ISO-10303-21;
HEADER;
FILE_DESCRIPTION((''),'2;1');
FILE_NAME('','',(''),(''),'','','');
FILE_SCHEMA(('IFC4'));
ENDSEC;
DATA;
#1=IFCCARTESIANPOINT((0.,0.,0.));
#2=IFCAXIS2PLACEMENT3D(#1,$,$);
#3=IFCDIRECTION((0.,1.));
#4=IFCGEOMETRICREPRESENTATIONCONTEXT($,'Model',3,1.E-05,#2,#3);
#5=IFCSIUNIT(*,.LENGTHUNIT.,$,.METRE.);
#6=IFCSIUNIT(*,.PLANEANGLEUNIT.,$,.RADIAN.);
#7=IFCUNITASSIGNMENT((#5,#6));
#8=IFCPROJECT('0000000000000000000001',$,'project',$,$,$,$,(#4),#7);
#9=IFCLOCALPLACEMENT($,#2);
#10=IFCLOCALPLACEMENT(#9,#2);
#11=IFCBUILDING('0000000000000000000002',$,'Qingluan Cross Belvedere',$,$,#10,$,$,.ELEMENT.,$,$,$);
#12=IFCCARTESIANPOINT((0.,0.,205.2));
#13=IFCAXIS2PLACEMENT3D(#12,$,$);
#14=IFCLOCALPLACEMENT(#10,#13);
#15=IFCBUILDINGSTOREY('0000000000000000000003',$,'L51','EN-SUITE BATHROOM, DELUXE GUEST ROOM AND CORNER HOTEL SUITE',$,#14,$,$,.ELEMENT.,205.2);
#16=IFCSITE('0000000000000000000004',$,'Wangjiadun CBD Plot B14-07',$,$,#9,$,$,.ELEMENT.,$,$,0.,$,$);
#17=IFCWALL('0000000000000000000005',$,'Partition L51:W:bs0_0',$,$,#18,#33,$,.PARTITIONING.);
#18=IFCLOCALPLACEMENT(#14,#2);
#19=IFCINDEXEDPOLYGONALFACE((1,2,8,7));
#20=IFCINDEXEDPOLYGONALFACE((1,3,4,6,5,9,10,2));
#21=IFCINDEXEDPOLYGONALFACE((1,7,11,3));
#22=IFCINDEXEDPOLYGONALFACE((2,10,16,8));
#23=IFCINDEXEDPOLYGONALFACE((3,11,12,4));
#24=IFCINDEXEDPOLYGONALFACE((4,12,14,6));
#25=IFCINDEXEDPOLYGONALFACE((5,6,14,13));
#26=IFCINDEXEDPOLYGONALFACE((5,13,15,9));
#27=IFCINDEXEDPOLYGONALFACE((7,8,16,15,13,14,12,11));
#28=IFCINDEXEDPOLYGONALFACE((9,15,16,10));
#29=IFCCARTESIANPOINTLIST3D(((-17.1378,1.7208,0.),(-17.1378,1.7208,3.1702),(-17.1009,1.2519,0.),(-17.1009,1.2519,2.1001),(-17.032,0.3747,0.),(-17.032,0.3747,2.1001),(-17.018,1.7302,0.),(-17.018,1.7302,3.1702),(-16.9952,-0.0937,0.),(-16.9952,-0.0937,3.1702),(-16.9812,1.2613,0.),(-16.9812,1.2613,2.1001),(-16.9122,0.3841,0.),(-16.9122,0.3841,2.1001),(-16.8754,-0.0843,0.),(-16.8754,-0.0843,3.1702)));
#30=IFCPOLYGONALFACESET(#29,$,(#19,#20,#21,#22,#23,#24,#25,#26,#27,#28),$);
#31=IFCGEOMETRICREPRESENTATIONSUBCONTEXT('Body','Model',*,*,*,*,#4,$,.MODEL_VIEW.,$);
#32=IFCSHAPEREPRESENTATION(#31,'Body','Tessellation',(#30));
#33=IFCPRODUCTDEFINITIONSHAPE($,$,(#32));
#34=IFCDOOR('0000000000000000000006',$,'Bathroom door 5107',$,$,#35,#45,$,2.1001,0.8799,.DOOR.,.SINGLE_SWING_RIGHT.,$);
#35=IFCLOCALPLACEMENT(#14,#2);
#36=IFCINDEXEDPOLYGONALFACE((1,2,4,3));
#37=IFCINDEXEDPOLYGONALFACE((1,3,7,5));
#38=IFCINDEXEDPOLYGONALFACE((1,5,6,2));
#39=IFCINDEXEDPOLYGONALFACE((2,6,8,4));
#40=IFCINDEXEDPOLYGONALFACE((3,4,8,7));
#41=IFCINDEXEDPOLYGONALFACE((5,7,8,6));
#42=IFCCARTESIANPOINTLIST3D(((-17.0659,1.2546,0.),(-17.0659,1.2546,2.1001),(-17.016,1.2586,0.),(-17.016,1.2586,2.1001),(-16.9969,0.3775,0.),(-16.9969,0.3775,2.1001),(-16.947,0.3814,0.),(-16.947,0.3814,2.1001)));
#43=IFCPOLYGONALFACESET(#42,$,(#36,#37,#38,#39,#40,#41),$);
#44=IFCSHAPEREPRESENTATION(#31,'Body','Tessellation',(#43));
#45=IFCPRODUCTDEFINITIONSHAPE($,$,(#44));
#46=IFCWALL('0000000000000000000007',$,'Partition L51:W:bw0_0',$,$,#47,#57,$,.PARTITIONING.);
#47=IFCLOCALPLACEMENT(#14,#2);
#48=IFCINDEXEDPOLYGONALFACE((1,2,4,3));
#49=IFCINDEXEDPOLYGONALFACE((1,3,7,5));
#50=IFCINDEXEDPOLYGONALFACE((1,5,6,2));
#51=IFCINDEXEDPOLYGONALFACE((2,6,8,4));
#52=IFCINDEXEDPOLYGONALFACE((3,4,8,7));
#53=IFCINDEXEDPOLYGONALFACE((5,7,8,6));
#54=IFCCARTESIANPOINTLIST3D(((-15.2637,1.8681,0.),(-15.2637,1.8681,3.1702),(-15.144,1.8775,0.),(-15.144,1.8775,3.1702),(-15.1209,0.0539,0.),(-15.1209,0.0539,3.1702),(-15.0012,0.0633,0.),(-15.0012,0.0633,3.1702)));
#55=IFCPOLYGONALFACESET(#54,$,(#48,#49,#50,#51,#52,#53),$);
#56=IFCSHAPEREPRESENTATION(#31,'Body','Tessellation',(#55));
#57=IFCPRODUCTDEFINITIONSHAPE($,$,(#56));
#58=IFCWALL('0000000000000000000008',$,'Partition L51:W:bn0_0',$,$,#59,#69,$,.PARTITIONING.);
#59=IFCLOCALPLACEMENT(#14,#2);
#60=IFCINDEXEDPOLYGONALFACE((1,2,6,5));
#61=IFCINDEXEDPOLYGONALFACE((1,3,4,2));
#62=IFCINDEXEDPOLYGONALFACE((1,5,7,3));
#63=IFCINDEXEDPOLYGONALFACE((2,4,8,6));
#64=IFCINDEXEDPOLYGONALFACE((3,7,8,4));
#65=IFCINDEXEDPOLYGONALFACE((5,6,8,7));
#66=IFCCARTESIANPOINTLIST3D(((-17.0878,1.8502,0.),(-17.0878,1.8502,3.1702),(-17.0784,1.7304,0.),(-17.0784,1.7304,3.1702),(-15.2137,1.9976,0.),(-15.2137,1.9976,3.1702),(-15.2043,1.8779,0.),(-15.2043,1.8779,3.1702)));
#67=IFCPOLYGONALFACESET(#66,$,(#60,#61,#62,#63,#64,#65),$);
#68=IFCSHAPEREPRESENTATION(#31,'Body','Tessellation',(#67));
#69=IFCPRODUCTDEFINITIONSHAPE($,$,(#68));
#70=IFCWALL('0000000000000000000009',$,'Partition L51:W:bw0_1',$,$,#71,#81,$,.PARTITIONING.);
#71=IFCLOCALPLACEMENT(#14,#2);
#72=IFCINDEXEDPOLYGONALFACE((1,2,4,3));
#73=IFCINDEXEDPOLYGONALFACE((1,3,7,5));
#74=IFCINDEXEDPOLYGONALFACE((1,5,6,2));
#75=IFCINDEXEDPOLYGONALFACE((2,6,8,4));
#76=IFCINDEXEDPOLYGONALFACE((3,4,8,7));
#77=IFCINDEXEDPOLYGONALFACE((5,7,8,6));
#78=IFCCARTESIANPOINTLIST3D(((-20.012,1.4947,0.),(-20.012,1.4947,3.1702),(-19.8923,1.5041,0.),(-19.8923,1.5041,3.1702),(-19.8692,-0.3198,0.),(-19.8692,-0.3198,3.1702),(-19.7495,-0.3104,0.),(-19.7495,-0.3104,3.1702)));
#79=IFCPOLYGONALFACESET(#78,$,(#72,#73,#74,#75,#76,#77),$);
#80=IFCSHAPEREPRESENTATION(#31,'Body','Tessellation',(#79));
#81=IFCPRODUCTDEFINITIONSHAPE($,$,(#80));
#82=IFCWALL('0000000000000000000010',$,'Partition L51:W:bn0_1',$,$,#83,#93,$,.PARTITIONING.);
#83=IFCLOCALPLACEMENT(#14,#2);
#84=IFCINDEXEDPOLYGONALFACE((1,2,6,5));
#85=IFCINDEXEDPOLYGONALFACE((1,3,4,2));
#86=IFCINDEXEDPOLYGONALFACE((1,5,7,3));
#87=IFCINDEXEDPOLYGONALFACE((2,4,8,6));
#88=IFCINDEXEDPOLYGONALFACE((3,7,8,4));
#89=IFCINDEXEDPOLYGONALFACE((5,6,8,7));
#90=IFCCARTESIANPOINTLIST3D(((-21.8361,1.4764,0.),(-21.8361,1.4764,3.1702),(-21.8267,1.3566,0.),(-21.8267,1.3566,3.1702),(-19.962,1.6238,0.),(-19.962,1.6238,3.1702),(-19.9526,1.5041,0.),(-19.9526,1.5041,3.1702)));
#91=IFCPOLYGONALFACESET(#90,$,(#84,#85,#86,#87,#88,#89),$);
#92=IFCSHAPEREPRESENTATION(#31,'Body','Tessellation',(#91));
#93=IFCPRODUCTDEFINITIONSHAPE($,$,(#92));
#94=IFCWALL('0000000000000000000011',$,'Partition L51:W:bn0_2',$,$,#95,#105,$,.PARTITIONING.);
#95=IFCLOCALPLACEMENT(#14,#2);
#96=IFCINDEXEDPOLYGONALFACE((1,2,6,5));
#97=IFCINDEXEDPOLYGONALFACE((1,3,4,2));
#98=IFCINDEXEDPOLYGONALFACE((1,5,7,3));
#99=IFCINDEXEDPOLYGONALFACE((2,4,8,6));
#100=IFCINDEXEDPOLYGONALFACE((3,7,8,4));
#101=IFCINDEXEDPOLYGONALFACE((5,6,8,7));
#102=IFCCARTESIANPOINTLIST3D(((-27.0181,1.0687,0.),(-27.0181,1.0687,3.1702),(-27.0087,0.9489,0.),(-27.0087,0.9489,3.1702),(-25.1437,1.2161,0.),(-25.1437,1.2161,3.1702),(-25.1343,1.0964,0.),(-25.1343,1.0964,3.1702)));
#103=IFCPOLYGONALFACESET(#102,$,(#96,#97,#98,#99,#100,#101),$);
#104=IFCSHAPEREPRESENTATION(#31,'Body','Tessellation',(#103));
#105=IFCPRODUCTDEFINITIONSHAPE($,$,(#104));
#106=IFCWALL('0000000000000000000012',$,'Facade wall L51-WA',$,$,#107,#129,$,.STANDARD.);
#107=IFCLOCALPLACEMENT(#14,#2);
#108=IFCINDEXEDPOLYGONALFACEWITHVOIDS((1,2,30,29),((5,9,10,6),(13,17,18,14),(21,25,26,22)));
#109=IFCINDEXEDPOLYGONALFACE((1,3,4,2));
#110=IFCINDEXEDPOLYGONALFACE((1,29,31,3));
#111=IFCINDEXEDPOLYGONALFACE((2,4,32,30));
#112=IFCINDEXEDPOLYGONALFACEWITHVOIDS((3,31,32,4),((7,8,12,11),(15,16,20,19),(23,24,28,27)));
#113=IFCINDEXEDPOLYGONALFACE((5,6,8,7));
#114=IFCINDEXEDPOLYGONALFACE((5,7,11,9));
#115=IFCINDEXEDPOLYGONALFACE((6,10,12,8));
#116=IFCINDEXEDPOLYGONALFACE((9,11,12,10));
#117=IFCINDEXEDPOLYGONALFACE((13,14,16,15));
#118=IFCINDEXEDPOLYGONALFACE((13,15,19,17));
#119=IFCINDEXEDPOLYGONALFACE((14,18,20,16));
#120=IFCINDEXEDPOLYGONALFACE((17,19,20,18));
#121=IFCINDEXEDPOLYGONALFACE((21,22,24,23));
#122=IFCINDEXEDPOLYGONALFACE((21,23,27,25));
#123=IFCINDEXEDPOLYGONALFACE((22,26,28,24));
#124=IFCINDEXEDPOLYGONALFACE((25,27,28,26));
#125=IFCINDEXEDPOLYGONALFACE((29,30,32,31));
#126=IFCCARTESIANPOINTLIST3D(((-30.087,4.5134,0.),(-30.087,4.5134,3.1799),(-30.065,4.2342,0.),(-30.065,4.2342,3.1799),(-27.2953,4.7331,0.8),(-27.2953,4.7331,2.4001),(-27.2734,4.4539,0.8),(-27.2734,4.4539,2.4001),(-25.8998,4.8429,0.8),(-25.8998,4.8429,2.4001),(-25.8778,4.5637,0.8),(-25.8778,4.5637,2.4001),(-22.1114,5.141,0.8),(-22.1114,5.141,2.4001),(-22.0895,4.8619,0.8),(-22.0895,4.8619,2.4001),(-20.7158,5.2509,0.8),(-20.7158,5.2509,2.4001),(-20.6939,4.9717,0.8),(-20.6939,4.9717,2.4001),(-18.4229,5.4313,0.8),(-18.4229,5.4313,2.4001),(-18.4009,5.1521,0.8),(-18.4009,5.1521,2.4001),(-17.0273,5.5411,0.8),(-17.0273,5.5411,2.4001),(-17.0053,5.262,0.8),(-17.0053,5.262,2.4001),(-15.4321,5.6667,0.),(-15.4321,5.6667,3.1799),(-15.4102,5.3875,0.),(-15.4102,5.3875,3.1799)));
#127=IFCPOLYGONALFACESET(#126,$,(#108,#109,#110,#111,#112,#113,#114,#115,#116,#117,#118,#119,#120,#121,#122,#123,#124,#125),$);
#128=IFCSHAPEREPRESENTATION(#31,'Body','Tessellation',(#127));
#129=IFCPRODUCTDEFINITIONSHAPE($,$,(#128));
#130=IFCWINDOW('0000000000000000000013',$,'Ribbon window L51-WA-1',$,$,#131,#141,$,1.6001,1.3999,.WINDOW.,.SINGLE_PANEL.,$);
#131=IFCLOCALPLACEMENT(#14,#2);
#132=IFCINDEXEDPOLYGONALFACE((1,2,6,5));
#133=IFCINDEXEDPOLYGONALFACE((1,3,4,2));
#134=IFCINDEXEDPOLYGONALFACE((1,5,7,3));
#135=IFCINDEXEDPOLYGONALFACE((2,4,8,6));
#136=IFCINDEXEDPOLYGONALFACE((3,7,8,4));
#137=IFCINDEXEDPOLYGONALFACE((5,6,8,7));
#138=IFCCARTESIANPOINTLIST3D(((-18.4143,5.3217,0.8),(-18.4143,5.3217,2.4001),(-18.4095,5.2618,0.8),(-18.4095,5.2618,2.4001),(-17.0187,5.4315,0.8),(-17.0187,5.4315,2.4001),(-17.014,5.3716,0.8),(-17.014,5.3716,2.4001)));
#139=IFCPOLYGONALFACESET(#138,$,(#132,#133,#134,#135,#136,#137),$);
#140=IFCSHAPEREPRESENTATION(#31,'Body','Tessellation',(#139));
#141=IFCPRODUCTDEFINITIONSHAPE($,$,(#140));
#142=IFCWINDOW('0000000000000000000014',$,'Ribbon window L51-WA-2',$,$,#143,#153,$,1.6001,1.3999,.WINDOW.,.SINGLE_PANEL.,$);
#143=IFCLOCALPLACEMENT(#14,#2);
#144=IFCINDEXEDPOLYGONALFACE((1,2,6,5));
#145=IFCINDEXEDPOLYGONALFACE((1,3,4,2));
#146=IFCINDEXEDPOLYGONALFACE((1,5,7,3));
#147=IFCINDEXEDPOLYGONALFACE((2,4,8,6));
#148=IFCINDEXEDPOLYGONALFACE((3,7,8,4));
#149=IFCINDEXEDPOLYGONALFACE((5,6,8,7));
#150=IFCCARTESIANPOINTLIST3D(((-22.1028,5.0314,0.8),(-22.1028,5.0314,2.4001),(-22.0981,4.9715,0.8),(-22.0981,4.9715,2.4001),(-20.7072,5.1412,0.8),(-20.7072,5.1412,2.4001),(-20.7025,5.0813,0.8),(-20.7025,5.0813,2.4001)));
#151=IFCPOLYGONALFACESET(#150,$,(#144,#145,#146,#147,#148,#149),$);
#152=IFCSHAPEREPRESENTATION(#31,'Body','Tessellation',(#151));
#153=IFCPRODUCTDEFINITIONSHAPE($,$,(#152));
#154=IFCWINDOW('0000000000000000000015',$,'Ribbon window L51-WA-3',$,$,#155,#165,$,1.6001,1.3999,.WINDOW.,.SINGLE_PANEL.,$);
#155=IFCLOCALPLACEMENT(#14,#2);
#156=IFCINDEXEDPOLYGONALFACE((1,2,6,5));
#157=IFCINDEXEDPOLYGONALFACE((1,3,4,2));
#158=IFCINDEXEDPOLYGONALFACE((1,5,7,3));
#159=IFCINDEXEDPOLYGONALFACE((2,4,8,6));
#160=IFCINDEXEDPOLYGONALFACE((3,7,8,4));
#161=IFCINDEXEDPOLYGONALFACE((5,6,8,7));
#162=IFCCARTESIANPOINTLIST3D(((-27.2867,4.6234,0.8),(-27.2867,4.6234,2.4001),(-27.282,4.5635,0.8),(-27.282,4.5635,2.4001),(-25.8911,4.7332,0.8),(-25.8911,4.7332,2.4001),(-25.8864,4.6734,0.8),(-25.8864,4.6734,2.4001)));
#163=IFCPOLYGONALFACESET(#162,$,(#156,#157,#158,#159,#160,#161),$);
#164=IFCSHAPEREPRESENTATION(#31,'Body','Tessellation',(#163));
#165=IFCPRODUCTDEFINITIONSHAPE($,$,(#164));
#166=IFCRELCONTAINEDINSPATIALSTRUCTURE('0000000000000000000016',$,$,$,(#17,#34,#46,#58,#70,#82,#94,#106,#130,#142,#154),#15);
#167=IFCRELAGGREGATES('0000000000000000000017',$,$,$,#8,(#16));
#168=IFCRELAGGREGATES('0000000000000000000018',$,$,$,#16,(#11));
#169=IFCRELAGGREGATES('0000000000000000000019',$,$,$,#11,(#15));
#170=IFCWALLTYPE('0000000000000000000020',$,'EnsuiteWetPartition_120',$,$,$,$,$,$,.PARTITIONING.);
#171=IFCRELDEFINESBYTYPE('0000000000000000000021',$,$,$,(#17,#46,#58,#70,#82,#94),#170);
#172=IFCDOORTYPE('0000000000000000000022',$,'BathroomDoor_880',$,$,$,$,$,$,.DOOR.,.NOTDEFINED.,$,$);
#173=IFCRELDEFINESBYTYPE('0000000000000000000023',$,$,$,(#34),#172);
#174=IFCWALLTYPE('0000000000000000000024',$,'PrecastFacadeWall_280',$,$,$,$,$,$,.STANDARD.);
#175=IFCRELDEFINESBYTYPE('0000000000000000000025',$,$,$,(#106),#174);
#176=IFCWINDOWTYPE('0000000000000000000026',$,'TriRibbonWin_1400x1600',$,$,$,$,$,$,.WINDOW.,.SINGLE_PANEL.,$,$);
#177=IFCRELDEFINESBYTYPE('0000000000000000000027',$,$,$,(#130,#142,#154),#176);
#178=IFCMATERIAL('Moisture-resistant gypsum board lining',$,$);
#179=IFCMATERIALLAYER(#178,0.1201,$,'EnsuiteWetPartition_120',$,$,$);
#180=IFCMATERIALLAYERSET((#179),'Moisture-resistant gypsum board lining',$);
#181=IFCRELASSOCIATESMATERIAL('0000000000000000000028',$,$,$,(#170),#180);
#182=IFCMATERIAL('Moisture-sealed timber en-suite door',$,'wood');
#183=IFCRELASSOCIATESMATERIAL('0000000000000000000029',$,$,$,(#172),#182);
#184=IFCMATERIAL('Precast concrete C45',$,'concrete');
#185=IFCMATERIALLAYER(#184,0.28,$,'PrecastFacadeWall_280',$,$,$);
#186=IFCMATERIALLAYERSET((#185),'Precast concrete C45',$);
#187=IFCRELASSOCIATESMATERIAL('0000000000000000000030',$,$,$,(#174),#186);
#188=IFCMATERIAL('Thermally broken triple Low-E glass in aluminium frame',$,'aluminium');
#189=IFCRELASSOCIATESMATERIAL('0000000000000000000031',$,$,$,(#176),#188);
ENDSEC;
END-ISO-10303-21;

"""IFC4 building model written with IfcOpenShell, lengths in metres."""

from ifc_helpers import new_model, si_unit, direction, frame, frame_2d, origin, place, context, subcontext, project, spatial, rectangle, extrude, material, layer, layer_set, type_object, element, fill, save


model = new_model("IFC4")

# Units and contexts
model_context = context("Model", 3, precision=1e-05, world=origin(), true_north=direction((0.0, 1.0)))
body_context = subcontext(model_context, "Body", "Model", "MODEL_VIEW")
ifc_project = project(units=[si_unit("LENGTHUNIT", "METRE"), si_unit("PLANEANGLEUNIT", "RADIAN")], contexts=[model_context])

# Site, building, storey
site_placement = place(None, origin())
site = spatial("IfcSite", under=ifc_project, at=site_placement, Name="Wangjiadun CBD Plot B14-07", CompositionType="ELEMENT", RefElevation=0.0)
building_placement = place(site_placement, origin())
building = spatial("IfcBuilding", under=site, at=building_placement, Name="Qingluan Cross Belvedere", CompositionType="ELEMENT")
storey_placement = place(building_placement, frame((0.0, 0.0, 205.2)))
storey = spatial("IfcBuildingStorey", under=building, at=storey_placement, Name="L51", Description="EN-SUITE BATHROOM, DELUXE GUEST ROOM AND CORNER HOTEL SUITE", CompositionType="ELEMENT", Elevation=205.2)

# Wall, opening, door
ifc_material_1 = material(Name="Moisture-resistant gypsum board lining")
ifc_layer_1 = layer(ifc_material_1, 0.1201, Name="EnsuiteWetPartition_120")
ifc_layer_set_1 = layer_set([ifc_layer_1], Name="Moisture-resistant gypsum board lining")
wall_type_1 = type_object("IfcWallType", Name="EnsuiteWetPartition_120", PredefinedType="PARTITIONING", material=ifc_layer_set_1)
wall_1_placement = place(storey_placement, frame((-16.9353, -0.0891, 0.0), z_axis=(0.0, 0.0, 1.0), x_axis=(-0.078338, 0.996927, 0.0)))
wall_1 = element("IfcWall", 1, at=wall_1_placement, inside=storey, type_object=wall_type_1, Name="Partition L51:W:bs0_0", PredefinedType="PARTITIONING", context=body_context, shape_type="SweptSolid", body=[
    extrude(rectangle(XDim=1.8201, YDim=0.1201, at=frame_2d((0.9102, 0.0))), origin(), (0.0, 0.0, 1.0), 3.1702),
])
opening_1_placement = place(wall_1_placement, frame((0.47, 0.0, 0.0)))
opening_1 = element("IfcOpeningElement", 2, at=opening_1_placement, cuts=wall_1, PredefinedType="OPENING", context=body_context, shape_type="SweptSolid", body=[
    extrude(rectangle(XDim=0.8799, YDim=2.1001, at=frame_2d((0.4399, 1.05))), frame((0.0, 0.0701, 0.0), z_axis=(0.0, -1.0, 0.0), x_axis=(1.0, 0.0, 0.0)), (0.0, 0.0, 1.0), 0.1401),
])
ifc_material_2 = material(Name="Moisture-sealed timber en-suite door", Category="wood")
door_type_1 = type_object("IfcDoorType", Name="BathroomDoor_880", OperationType="NOTDEFINED", PredefinedType="DOOR", material=ifc_material_2)
door_1_placement = place(opening_1_placement, origin())
door_1 = element("IfcDoor", 3, at=door_1_placement, inside=storey, type_object=door_type_1, Name="Bathroom door 5107", OperationType="SINGLE_SWING_RIGHT", OverallHeight=2.1001, OverallWidth=0.8799, PredefinedType="DOOR", context=body_context, shape_type="SweptSolid", body=[
    extrude(rectangle(XDim=0.8799, YDim=2.1001, at=frame_2d((0.4399, 1.05))), frame((0.0, 0.0249, 0.0), z_axis=(0.0, -1.0, 0.0), x_axis=(1.0, 0.0, 0.0)), (0.0, 0.0, 1.0), 0.05),
])
fill(opening_1, door_1)

# Walls
wall_2_placement = place(storey_placement, frame((-15.061, 0.0586, 0.0), z_axis=(0.0, 0.0, 1.0), x_axis=(-0.078481, 0.996916, 0.0)))
element("IfcWall", 4, at=wall_2_placement, inside=storey, type_object=wall_type_1, Name="Partition L51:W:bw0_0", PredefinedType="PARTITIONING", context=body_context, shape_type="SweptSolid", body=[
    extrude(rectangle(XDim=1.8198, YDim=0.1201, at=frame_2d((0.9099, 0.0))), origin(), (0.0, 0.0, 1.0), 3.1702),
])
wall_3_placement = place(storey_placement, frame((-15.209, 1.9377, 0.0), z_axis=(0.0, 0.0, 1.0), x_axis=(-0.996918, -0.078444, 0.0)))
element("IfcWall", 5, at=wall_3_placement, inside=storey, type_object=wall_type_1, Name="Partition L51:W:bn0_0", PredefinedType="PARTITIONING", context=body_context, shape_type="SweptSolid", body=[
    extrude(rectangle(XDim=1.8799, YDim=0.1201, at=frame_2d((0.9399, 0.0))), origin(), (0.0, 0.0, 1.0), 3.1702),
])
wall_4_placement = place(storey_placement, frame((-19.8093, -0.3152, 0.0), z_axis=(0.0, 0.0, 1.0), x_axis=(-0.078471, 0.996916, 0.0)))
element("IfcWall", 6, at=wall_4_placement, inside=storey, type_object=wall_type_1, Name="Partition L51:W:bw0_1", PredefinedType="PARTITIONING", context=body_context, shape_type="SweptSolid", body=[
    extrude(rectangle(XDim=1.8201, YDim=0.1201, at=frame_2d((0.9102, 0.0))), origin(), (0.0, 0.0, 1.0), 3.1702),
])
wall_5_placement = place(storey_placement, frame((-19.9573, 1.564, 0.0), z_axis=(0.0, 0.0, 1.0), x_axis=(-0.996918, -0.078444, 0.0)))
element("IfcWall", 7, at=wall_5_placement, inside=storey, type_object=wall_type_1, Name="Partition L51:W:bn0_1", PredefinedType="PARTITIONING", context=body_context, shape_type="SweptSolid", body=[
    extrude(rectangle(XDim=1.8799, YDim=0.1201, at=frame_2d((0.9399, 0.0))), origin(), (0.0, 0.0, 1.0), 3.1702),
])
wall_6_placement = place(storey_placement, frame((-25.1392, 1.1562, 0.0), z_axis=(0.0, 0.0, 1.0), x_axis=(-0.996919, -0.078434, 0.0)))
element("IfcWall", 8, at=wall_6_placement, inside=storey, type_object=wall_type_1, Name="Partition L51:W:bn0_2", PredefinedType="PARTITIONING", context=body_context, shape_type="SweptSolid", body=[
    extrude(rectangle(XDim=1.8801, YDim=0.1201, at=frame_2d((0.9399, 0.0))), origin(), (0.0, 0.0, 1.0), 3.1702),
])

# Wall, openings, windows
ifc_material_3 = material(Name="Precast concrete C45", Category="concrete")
ifc_layer_2 = layer(ifc_material_3, 0.28, Name="PrecastFacadeWall_280")
ifc_layer_set_2 = layer_set([ifc_layer_2], Name="Precast concrete C45")
wall_type_2 = type_object("IfcWallType", Name="PrecastFacadeWall_280", PredefinedType="STANDARD", material=ifc_layer_set_2)
wall_7_placement = place(storey_placement, frame((-15.4211, 5.5271, 0.0), z_axis=(0.0, 0.0, 1.0), x_axis=(-0.996918, -0.078457, 0.0)))
wall_7 = element("IfcWall", 9, at=wall_7_placement, inside=storey, type_object=wall_type_2, Name="Facade wall L51-WA", PredefinedType="STANDARD", context=body_context, shape_type="SweptSolid", body=[
    extrude(rectangle(XDim=14.7002, YDim=0.28, at=frame_2d((7.3501, 0.0))), origin(), (0.0, 0.0, 1.0), 3.1799),
])
opening_2_placement = place(wall_7_placement, frame((1.6001, 0.0, 0.8)))
opening_2 = element("IfcOpeningElement", 10, at=opening_2_placement, cuts=wall_7, PredefinedType="OPENING", context=body_context, shape_type="SweptSolid", body=[
    extrude(rectangle(XDim=1.3999, YDim=1.6001, at=frame_2d((0.7, 0.8))), frame((0.0, 0.1499, 0.0), z_axis=(0.0, -1.0, 0.0), x_axis=(1.0, 0.0, 0.0)), (0.0, 0.0, 1.0), 0.3),
])
opening_3_placement = place(wall_7_placement, frame((5.3, 0.0, 0.8)))
opening_3 = element("IfcOpeningElement", 11, at=opening_3_placement, cuts=wall_7, PredefinedType="OPENING", context=body_context, shape_type="SweptSolid", body=[
    extrude(rectangle(XDim=1.3999, YDim=1.6001, at=frame_2d((0.7, 0.8))), frame((0.0, 0.1499, 0.0), z_axis=(0.0, -1.0, 0.0), x_axis=(1.0, 0.0, 0.0)), (0.0, 0.0, 1.0), 0.3),
])
opening_4_placement = place(wall_7_placement, frame((10.5, 0.0, 0.8)))
opening_4 = element("IfcOpeningElement", 12, at=opening_4_placement, cuts=wall_7, PredefinedType="OPENING", context=body_context, shape_type="SweptSolid", body=[
    extrude(rectangle(XDim=1.3999, YDim=1.6001, at=frame_2d((0.7, 0.8))), frame((0.0, 0.1499, 0.0), z_axis=(0.0, -1.0, 0.0), x_axis=(1.0, 0.0, 0.0)), (0.0, 0.0, 1.0), 0.3),
])
ifc_material_4 = material(Name="Thermally broken triple Low-E glass in aluminium frame", Category="aluminium")
window_type_1 = type_object("IfcWindowType", Name="TriRibbonWin_1400x1600", PartitioningType="SINGLE_PANEL", PredefinedType="WINDOW", material=ifc_material_4)
window_1_placement = place(opening_2_placement, origin())
window_1 = element("IfcWindow", 13, at=window_1_placement, inside=storey, type_object=window_type_1, Name="Ribbon window L51-WA-1", OverallHeight=1.6001, OverallWidth=1.3999, PartitioningType="SINGLE_PANEL", PredefinedType="WINDOW", context=body_context, shape_type="SweptSolid", body=[
    extrude(rectangle(XDim=1.3999, YDim=1.6001, at=frame_2d((0.7, 0.8))), frame((0.0, 0.03, 0.0), z_axis=(0.0, -1.0, 0.0), x_axis=(1.0, 0.0, 0.0)), (0.0, 0.0, 1.0), 0.0601),
])
fill(opening_2, window_1)
window_2_placement = place(opening_3_placement, origin())
window_2 = element("IfcWindow", 14, at=window_2_placement, inside=storey, type_object=window_type_1, Name="Ribbon window L51-WA-2", OverallHeight=1.6001, OverallWidth=1.3999, PartitioningType="SINGLE_PANEL", PredefinedType="WINDOW", context=body_context, shape_type="SweptSolid", body=[
    extrude(rectangle(XDim=1.3999, YDim=1.6001, at=frame_2d((0.7, 0.8))), frame((0.0, 0.03, 0.0), z_axis=(0.0, -1.0, 0.0), x_axis=(1.0, 0.0, 0.0)), (0.0, 0.0, 1.0), 0.0601),
])
fill(opening_3, window_2)
window_3_placement = place(opening_4_placement, origin())
window_3 = element("IfcWindow", 15, at=window_3_placement, inside=storey, type_object=window_type_1, Name="Ribbon window L51-WA-3", OverallHeight=1.6001, OverallWidth=1.3999, PartitioningType="SINGLE_PANEL", PredefinedType="WINDOW", context=body_context, shape_type="SweptSolid", body=[
    extrude(rectangle(XDim=1.3999, YDim=1.6001, at=frame_2d((0.7, 0.8))), frame((0.0, 0.03, 0.0), z_axis=(0.0, -1.0, 0.0), x_axis=(1.0, 0.0, 0.0)), (0.0, 0.0, 1.0), 0.0601),
])
fill(opening_4, window_3)

save(model, "model.ifc")
